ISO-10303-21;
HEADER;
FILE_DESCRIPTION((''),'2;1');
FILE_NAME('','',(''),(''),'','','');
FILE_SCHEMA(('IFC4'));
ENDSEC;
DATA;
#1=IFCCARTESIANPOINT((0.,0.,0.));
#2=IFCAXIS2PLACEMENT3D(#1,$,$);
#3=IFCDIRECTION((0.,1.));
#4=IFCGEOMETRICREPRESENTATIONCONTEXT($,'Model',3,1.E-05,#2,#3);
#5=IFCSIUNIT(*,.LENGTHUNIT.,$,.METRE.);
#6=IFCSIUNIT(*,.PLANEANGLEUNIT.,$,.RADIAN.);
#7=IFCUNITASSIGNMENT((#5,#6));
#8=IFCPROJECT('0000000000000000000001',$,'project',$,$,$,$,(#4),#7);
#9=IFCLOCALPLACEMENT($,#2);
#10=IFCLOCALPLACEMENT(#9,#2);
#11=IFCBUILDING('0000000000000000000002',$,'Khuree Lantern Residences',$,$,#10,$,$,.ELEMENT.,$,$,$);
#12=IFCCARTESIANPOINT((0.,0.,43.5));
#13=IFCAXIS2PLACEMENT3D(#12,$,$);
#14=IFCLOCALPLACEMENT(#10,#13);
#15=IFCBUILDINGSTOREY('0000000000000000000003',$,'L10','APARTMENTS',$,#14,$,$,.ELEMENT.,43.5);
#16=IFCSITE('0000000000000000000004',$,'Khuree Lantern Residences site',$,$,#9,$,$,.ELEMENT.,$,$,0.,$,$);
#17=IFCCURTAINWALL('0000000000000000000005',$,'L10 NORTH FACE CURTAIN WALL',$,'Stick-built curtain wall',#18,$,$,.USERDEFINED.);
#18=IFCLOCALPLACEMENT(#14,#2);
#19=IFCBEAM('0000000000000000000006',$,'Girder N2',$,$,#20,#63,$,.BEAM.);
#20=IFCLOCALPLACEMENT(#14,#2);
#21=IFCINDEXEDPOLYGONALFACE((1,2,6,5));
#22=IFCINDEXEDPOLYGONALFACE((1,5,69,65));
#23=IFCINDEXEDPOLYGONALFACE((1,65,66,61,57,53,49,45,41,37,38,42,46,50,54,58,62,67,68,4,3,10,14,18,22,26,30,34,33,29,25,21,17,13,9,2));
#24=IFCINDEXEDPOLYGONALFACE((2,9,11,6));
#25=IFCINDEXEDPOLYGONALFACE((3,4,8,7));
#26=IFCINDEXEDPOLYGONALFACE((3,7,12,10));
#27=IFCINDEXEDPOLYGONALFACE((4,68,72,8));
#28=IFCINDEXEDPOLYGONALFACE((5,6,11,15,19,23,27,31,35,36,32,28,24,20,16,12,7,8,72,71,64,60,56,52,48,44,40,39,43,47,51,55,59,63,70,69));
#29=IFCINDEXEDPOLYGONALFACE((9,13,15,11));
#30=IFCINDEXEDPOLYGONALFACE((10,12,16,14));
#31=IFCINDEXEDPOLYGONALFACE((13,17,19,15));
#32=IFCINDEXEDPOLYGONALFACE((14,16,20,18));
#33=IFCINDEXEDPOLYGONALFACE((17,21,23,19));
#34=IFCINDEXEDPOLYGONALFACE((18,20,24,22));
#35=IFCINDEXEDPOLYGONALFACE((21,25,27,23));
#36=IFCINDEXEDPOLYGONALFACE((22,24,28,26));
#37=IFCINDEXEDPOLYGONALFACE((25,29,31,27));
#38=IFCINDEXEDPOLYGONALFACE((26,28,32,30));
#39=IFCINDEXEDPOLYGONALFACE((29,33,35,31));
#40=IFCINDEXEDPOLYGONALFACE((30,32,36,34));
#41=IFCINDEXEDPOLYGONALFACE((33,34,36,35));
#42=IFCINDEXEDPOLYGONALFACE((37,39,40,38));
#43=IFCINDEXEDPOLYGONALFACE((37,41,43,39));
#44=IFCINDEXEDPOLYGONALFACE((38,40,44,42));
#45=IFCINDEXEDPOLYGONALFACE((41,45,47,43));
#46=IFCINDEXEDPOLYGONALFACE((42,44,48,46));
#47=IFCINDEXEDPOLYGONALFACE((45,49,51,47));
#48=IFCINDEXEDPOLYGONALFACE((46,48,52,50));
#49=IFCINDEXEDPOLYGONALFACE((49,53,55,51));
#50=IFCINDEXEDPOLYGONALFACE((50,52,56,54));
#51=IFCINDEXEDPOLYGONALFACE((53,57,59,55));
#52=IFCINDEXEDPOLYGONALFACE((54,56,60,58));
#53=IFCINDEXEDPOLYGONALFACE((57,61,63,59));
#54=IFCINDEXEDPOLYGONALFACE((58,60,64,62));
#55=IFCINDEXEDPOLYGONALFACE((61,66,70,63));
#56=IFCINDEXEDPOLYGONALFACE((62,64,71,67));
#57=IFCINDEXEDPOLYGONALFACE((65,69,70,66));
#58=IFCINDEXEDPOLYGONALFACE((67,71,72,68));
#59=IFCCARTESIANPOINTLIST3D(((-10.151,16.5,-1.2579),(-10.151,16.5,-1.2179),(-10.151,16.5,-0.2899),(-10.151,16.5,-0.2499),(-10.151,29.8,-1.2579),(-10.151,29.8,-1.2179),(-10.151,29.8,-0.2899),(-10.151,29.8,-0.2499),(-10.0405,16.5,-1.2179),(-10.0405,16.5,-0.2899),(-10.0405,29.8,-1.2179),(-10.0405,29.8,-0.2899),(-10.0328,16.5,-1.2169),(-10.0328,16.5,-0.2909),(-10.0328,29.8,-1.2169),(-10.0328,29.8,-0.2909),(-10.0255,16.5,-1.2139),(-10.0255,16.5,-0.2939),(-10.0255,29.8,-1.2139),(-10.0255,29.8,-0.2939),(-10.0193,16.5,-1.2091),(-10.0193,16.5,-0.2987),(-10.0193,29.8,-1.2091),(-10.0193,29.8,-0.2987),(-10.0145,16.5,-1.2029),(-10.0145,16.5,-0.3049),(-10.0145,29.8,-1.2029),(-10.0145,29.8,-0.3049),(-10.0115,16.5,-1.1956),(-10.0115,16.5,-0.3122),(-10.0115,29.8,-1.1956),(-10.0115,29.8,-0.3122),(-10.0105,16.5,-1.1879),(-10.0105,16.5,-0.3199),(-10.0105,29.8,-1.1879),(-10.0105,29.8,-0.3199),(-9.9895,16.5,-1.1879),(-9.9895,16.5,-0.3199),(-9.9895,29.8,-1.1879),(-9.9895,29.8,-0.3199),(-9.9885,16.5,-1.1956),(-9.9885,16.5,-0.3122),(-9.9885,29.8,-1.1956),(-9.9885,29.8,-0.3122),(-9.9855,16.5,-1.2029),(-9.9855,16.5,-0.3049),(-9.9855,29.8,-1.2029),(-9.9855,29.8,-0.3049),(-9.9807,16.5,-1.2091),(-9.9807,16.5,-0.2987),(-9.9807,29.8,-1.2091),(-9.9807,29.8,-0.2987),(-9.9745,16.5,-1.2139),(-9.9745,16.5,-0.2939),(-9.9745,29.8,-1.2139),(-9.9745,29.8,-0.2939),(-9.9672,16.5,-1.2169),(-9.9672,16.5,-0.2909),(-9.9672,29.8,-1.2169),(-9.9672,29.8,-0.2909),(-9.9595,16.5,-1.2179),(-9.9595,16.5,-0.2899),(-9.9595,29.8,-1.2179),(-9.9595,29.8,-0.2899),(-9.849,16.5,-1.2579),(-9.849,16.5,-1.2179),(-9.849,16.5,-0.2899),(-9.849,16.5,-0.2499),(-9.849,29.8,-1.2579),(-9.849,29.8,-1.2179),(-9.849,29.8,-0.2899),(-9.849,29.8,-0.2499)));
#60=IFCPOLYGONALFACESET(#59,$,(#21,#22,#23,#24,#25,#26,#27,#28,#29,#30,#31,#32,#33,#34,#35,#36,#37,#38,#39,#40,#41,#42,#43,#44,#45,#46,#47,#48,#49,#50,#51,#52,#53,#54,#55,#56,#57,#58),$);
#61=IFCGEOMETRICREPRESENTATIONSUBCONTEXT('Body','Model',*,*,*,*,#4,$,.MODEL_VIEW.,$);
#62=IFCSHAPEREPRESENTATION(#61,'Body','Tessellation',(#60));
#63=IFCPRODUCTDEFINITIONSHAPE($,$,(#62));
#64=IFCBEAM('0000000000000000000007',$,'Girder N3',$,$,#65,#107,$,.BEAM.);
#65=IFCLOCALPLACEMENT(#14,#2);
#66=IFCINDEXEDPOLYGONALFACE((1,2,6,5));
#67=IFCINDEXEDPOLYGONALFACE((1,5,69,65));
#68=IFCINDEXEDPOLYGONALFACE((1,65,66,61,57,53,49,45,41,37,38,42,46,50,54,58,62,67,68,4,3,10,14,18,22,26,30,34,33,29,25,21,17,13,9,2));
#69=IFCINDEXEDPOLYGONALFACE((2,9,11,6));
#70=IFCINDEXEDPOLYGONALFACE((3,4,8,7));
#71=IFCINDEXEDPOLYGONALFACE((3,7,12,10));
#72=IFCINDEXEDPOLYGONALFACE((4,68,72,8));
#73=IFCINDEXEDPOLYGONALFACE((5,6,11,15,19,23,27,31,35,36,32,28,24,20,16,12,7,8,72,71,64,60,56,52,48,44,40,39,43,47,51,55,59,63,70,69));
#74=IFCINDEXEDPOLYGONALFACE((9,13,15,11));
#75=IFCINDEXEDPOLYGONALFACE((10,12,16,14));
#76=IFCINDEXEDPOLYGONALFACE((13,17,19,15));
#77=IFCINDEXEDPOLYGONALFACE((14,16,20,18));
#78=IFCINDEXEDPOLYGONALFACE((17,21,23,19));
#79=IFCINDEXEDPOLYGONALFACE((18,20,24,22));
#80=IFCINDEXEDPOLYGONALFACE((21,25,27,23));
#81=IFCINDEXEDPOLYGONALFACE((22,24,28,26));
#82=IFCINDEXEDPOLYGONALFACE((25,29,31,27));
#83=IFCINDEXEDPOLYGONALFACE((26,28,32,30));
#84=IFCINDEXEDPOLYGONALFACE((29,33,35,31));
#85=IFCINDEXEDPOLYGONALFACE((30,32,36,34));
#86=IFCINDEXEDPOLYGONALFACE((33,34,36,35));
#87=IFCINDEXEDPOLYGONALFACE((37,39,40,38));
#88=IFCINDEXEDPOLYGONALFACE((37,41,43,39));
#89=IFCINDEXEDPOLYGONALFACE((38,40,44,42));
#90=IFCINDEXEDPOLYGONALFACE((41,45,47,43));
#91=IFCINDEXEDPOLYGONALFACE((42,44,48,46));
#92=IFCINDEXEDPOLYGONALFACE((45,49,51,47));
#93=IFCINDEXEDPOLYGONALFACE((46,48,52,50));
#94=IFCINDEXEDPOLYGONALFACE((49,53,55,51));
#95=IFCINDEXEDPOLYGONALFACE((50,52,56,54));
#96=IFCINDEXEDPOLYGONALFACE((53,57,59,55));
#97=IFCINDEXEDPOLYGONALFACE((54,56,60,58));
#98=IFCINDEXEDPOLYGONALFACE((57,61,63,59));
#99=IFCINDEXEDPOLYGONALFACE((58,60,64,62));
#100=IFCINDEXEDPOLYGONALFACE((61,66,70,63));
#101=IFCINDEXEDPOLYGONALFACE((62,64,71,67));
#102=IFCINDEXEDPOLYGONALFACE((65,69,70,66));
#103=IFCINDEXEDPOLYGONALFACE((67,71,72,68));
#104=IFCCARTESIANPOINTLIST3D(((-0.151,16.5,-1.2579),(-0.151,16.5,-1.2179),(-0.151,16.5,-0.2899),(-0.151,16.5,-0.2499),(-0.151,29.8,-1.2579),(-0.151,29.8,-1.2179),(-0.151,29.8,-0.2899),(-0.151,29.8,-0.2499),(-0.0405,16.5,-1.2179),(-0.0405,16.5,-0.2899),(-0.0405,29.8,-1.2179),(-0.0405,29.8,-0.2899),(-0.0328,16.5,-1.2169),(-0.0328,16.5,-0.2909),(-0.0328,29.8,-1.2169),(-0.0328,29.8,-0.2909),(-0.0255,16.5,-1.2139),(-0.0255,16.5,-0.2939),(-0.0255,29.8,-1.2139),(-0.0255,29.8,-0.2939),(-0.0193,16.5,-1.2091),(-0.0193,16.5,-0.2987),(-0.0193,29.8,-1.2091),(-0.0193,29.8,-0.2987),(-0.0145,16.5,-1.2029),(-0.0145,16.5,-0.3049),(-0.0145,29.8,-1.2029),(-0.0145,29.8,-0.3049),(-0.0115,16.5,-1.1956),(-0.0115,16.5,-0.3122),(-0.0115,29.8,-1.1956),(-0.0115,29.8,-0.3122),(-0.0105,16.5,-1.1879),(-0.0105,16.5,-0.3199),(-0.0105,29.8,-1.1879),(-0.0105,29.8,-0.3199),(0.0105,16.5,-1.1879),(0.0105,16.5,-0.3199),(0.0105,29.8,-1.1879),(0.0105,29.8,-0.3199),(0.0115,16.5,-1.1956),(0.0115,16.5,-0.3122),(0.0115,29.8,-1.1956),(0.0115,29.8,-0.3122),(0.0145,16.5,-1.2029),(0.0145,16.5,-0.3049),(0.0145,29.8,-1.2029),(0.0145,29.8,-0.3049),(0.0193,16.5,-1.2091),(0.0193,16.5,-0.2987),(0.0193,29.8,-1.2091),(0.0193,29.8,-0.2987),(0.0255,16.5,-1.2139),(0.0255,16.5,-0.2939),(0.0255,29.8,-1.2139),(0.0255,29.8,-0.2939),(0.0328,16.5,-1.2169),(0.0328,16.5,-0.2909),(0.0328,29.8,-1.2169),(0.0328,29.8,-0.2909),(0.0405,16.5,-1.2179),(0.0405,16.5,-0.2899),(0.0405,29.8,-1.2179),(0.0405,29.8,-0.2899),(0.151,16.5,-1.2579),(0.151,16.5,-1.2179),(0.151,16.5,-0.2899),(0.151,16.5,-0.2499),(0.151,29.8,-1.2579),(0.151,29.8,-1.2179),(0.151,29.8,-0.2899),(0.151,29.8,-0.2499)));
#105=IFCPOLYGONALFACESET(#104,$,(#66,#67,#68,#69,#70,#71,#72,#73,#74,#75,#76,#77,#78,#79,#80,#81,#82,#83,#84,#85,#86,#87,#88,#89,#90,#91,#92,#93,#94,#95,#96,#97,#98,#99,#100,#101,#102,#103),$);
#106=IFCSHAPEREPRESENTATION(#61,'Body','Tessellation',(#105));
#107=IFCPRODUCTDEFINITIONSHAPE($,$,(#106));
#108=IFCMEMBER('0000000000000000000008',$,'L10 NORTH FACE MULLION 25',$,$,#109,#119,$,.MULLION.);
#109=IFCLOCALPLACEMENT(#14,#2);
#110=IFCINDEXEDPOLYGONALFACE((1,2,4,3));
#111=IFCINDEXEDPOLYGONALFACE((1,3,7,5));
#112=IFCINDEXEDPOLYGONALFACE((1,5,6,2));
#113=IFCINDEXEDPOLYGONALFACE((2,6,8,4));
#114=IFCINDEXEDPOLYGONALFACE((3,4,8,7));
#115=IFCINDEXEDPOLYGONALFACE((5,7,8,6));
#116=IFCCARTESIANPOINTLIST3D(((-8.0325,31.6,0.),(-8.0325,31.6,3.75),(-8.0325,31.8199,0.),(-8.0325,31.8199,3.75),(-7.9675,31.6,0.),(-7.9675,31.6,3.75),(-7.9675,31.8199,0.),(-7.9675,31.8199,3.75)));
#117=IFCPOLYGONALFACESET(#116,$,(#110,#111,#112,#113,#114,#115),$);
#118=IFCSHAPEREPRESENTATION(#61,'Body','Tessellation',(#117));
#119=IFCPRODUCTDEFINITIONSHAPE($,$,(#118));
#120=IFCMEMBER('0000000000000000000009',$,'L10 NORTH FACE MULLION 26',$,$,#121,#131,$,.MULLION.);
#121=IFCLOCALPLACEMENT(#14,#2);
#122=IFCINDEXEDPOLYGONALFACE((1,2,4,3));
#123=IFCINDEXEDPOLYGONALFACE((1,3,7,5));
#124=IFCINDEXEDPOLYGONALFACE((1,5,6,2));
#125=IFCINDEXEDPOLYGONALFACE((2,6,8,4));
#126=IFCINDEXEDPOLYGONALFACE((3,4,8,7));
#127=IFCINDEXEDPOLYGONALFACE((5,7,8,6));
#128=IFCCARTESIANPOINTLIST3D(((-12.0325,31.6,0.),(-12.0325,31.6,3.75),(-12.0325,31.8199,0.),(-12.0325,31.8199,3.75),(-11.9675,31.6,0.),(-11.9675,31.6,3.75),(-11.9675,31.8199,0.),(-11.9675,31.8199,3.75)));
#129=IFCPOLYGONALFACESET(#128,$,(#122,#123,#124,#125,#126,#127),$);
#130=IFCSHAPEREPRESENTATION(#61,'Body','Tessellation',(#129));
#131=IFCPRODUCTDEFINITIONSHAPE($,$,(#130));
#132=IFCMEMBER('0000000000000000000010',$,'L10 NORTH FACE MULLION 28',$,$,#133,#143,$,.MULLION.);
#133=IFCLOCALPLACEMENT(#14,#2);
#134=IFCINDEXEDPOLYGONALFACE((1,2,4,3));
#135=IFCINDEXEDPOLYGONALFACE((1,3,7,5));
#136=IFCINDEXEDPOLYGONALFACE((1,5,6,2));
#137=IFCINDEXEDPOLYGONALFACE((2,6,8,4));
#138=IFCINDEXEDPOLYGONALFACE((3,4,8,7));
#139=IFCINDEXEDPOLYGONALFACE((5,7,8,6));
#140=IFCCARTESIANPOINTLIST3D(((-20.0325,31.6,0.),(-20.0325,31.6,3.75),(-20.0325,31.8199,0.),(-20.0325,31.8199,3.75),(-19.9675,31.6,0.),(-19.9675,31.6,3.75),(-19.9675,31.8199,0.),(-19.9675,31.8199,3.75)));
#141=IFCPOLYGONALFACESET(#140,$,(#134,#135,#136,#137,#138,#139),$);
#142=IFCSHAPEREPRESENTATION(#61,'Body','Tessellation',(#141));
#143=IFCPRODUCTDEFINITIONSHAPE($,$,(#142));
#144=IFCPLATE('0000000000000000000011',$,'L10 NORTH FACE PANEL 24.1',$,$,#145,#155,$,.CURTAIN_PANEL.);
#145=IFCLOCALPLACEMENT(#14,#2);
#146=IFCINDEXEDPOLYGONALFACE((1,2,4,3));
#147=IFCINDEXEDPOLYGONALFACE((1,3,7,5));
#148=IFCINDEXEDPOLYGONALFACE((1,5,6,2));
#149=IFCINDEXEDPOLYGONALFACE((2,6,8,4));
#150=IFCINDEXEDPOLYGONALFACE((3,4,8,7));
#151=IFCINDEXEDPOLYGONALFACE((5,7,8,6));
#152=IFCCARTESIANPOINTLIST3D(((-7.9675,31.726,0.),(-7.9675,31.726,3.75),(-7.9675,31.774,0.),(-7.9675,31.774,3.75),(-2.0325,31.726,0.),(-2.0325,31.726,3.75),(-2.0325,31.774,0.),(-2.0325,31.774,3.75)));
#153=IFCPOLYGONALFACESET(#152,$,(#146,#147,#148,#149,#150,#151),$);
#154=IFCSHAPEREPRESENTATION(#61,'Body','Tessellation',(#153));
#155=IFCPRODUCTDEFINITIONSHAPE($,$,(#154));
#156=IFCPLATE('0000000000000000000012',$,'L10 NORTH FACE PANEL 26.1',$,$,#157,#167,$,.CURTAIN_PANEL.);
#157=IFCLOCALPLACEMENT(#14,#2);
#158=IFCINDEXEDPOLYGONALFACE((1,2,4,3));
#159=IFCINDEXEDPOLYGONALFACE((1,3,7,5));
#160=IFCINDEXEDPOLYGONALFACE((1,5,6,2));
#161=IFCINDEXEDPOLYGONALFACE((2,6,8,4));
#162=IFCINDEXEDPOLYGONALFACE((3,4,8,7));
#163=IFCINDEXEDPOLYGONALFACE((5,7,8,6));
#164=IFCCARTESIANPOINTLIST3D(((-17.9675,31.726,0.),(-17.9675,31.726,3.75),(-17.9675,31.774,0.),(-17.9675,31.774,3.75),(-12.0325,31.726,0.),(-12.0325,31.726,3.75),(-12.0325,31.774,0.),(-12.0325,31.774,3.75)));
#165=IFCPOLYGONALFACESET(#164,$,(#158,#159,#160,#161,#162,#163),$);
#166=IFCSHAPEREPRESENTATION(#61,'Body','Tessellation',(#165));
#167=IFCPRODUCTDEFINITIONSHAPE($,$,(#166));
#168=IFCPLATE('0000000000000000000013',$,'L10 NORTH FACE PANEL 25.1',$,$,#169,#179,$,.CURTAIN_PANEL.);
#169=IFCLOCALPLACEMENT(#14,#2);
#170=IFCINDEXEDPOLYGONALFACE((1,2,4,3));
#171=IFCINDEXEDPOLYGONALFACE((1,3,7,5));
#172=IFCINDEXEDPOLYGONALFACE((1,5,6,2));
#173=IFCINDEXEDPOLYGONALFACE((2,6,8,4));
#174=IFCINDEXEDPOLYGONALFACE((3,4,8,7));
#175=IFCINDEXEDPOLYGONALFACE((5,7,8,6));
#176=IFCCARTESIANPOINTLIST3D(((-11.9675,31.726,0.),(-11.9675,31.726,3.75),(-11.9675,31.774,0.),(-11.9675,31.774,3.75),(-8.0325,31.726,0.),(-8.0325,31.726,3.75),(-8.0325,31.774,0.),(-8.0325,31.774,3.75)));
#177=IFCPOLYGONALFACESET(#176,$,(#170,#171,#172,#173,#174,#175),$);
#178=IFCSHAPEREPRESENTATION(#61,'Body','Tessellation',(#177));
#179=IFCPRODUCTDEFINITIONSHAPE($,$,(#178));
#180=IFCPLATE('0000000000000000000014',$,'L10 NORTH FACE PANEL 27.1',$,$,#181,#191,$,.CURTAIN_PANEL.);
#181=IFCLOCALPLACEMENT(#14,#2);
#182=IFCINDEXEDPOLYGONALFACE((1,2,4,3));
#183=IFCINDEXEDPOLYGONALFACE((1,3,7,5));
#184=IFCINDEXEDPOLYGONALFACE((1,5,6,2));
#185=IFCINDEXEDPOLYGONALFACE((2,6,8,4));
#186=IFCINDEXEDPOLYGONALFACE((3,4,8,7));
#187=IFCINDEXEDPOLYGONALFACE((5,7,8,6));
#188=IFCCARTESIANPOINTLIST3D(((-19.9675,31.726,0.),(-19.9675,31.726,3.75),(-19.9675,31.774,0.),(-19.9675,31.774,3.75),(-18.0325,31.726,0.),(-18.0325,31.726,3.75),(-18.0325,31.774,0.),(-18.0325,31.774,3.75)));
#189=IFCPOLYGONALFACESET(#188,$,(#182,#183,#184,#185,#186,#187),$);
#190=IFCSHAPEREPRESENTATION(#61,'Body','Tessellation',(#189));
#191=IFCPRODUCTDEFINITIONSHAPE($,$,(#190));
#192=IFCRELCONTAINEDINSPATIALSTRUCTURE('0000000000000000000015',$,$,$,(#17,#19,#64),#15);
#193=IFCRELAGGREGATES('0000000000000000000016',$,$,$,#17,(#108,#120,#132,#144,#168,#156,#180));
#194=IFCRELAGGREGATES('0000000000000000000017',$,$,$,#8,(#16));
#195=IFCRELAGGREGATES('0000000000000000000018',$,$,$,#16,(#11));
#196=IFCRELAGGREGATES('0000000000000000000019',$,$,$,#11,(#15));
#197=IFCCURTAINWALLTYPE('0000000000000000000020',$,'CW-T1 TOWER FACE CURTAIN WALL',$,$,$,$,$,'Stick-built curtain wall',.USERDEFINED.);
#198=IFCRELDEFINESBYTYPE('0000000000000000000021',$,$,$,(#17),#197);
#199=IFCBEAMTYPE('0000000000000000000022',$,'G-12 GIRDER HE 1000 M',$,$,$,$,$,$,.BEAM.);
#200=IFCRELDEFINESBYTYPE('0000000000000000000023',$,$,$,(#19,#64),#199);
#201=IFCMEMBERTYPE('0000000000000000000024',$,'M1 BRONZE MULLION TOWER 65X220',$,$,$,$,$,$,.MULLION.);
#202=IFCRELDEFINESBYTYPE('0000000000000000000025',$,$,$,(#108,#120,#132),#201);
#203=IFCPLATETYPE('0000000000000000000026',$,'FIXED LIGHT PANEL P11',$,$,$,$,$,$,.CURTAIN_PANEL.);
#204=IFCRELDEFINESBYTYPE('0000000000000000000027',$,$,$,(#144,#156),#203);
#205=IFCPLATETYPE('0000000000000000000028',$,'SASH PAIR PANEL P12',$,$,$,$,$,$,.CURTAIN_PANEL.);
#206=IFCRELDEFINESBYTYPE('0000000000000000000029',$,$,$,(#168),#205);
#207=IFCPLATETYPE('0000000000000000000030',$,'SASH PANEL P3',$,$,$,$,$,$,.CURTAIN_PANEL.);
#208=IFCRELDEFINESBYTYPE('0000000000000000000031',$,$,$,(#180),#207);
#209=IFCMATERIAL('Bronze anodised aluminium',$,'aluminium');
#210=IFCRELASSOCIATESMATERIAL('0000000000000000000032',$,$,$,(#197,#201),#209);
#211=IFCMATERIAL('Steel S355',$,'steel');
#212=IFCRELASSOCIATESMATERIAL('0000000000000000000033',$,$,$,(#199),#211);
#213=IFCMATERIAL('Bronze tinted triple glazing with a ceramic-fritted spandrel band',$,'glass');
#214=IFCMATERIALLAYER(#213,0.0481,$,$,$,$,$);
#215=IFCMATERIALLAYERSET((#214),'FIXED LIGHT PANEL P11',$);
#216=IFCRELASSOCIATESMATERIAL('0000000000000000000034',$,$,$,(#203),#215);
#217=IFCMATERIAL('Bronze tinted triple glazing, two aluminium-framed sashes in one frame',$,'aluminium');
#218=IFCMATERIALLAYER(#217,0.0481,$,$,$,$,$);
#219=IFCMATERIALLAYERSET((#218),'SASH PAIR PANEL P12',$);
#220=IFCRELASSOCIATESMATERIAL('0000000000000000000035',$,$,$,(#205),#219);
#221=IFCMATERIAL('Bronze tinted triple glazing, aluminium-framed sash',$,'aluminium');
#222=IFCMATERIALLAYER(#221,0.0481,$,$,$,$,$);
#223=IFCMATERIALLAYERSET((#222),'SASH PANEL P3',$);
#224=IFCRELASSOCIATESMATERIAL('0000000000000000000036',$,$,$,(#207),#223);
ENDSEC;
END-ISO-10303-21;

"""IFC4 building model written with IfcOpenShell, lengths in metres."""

from ifc_helpers import new_model, si_unit, direction, frame, origin, origin_2d, place, context, subcontext, project, spatial, rectangle, i_section, extrude, material, layer, layer_set, material_profile, profile_set, type_object, element, aggregate, save


model = new_model("IFC4")

# Units and contexts
model_context = context("Model", 3, precision=1e-05, world=origin(), true_north=direction((0.0, 1.0)))
body_context = subcontext(model_context, "Body", "Model", "MODEL_VIEW")
ifc_project = project(units=[si_unit("LENGTHUNIT", "METRE"), si_unit("PLANEANGLEUNIT", "RADIAN")], contexts=[model_context])

# Site, building, storey
site_placement = place(None, origin())
site = spatial("IfcSite", under=ifc_project, at=site_placement, Name="Khuree Lantern Residences site", CompositionType="ELEMENT", RefElevation=0.0)
building_placement = place(site_placement, origin())
building = spatial("IfcBuilding", under=site, at=building_placement, Name="Khuree Lantern Residences", CompositionType="ELEMENT")
storey_placement = place(building_placement, frame((0.0, 0.0, 43.5)))
storey = spatial("IfcBuildingStorey", under=building, at=storey_placement, Name="L10", Description="APARTMENTS", CompositionType="ELEMENT", Elevation=43.5)

# Shared definitions
ifc_material_1 = material(Name="Steel S355", Category="steel")

# Curtain wall
ifc_material_2 = material(Name="Bronze anodised aluminium", Category="aluminium")
curtain_wall_type = type_object("IfcCurtainWallType", Name="CW-T1 TOWER FACE CURTAIN WALL", ElementType="Stick-built curtain wall", PredefinedType="USERDEFINED", material=ifc_material_2)
curtain_wall_placement = place(storey_placement, origin())
curtain_wall = element("IfcCurtainWall", 1, at=curtain_wall_placement, inside=storey, type_object=curtain_wall_type, Name="L10 NORTH FACE CURTAIN WALL", ObjectType="Stick-built curtain wall", PredefinedType="USERDEFINED")

# Beams
ifc_material_profile_1 = material_profile(ifc_material_1, i_section(OverallWidth=0.302, OverallDepth=1.0081, WebThickness=0.021, FlangeThickness=0.04, FilletRadius=0.03, at=origin_2d()), Name="HE 1000 M")
ifc_profile_set_1 = profile_set([ifc_material_profile_1], Name="Steel S355")
beam_type_1 = type_object("IfcBeamType", Name="G-12 GIRDER HE 1000 M", PredefinedType="BEAM", material=ifc_profile_set_1)
for number, where, z_axis, x_axis, name in (
    (2, (-10.0, 29.8, -0.7539), (0.0, -1.0, 0.0), (1.0, 0.0, 0.0), "Girder N2"),
    (3, (0.0, 29.8, -0.7539), (0.0, -1.0, 0.0), (1.0, 0.0, 0.0), "Girder N3"),
):
    element("IfcBeam", number, at=place(storey_placement, frame(where, z_axis=z_axis, x_axis=x_axis)), inside=storey, type_object=beam_type_1, Name=name, PredefinedType="BEAM", context=body_context, shape_type="SweptSolid", body=[
        extrude(i_section(OverallWidth=0.302, OverallDepth=1.0081, WebThickness=0.021, FlangeThickness=0.04, FilletRadius=0.03, at=origin_2d()), origin(), (0.0, 0.0, 1.0), 13.3),
    ])

# Members
ifc_material_profile_2 = material_profile(ifc_material_2, rectangle(XDim=0.0649, YDim=0.22, at=origin_2d()), Name="M1 65X220")
ifc_profile_set_2 = profile_set([ifc_material_profile_2], Name="Bronze anodised aluminium")
member_type_1 = type_object("IfcMemberType", Name="M1 BRONZE MULLION TOWER 65X220", PredefinedType="MULLION", material=ifc_profile_set_2)
member_1_placement = place(storey_placement, frame((-8.0, 31.71, 0.0), z_axis=(0.0, 0.0, 1.0), x_axis=(-1.0, 0.0, 0.0)))
member_1 = element("IfcMember", 4, at=member_1_placement, type_object=member_type_1, Name="L10 NORTH FACE MULLION 25", PredefinedType="MULLION", context=body_context, shape_type="SweptSolid", body=[
    extrude(rectangle(XDim=0.0649, YDim=0.22, at=origin_2d()), origin(), (0.0, 0.0, 1.0), 3.75),
])
member_2_placement = place(storey_placement, frame((-12.0, 31.71, 0.0), z_axis=(0.0, 0.0, 1.0), x_axis=(-1.0, 0.0, 0.0)))
member_2 = element("IfcMember", 5, at=member_2_placement, type_object=member_type_1, Name="L10 NORTH FACE MULLION 26", PredefinedType="MULLION", context=body_context, shape_type="SweptSolid", body=[
    extrude(rectangle(XDim=0.0649, YDim=0.22, at=origin_2d()), origin(), (0.0, 0.0, 1.0), 3.75),
])
member_3_placement = place(storey_placement, frame((-20.0, 31.71, 0.0), z_axis=(0.0, 0.0, 1.0), x_axis=(-1.0, 0.0, 0.0)))
member_3 = element("IfcMember", 6, at=member_3_placement, type_object=member_type_1, Name="L10 NORTH FACE MULLION 28", PredefinedType="MULLION", context=body_context, shape_type="SweptSolid", body=[
    extrude(rectangle(XDim=0.0649, YDim=0.22, at=origin_2d()), origin(), (0.0, 0.0, 1.0), 3.75),
])

# Plates
ifc_material_3 = material(Name="Bronze tinted triple glazing with a ceramic-fritted spandrel band", Category="glass")
ifc_layer_1 = layer(ifc_material_3, 0.0481)
ifc_layer_set_1 = layer_set([ifc_layer_1], Name="FIXED LIGHT PANEL P11")
plate_type_1 = type_object("IfcPlateType", Name="FIXED LIGHT PANEL P11", PredefinedType="CURTAIN_PANEL", material=ifc_layer_set_1)
plate_1_placement = place(storey_placement, frame((-5.0, 31.75, 0.0), z_axis=(0.0, 0.0, 1.0), x_axis=(-1.0, 0.0, 0.0)))
plate_1 = element("IfcPlate", 7, at=plate_1_placement, type_object=plate_type_1, Name="L10 NORTH FACE PANEL 24.1", PredefinedType="CURTAIN_PANEL", context=body_context, shape_type="SweptSolid", body=[
    extrude(rectangle(XDim=5.9351, YDim=0.0481, at=origin_2d()), origin(), (0.0, 0.0, 1.0), 3.75),
])
plate_2_placement = place(storey_placement, frame((-15.0, 31.75, 0.0), z_axis=(0.0, 0.0, 1.0), x_axis=(-1.0, 0.0, 0.0)))
plate_2 = element("IfcPlate", 8, at=plate_2_placement, type_object=plate_type_1, Name="L10 NORTH FACE PANEL 26.1", PredefinedType="CURTAIN_PANEL", context=body_context, shape_type="SweptSolid", body=[
    extrude(rectangle(XDim=5.9351, YDim=0.0481, at=origin_2d()), origin(), (0.0, 0.0, 1.0), 3.75),
])
ifc_material_4 = material(Name="Bronze tinted triple glazing, two aluminium-framed sashes in one frame", Category="aluminium")
ifc_layer_2 = layer(ifc_material_4, 0.0481)
ifc_layer_set_2 = layer_set([ifc_layer_2], Name="SASH PAIR PANEL P12")
plate_type_2 = type_object("IfcPlateType", Name="SASH PAIR PANEL P12", PredefinedType="CURTAIN_PANEL", material=ifc_layer_set_2)
plate_3_placement = place(storey_placement, frame((-10.0, 31.75, 0.0), z_axis=(0.0, 0.0, 1.0), x_axis=(-1.0, 0.0, 0.0)))
plate_3 = element("IfcPlate", 9, at=plate_3_placement, type_object=plate_type_2, Name="L10 NORTH FACE PANEL 25.1", PredefinedType="CURTAIN_PANEL", context=body_context, shape_type="SweptSolid", body=[
    extrude(rectangle(XDim=3.9351, YDim=0.0481, at=origin_2d()), origin(), (0.0, 0.0, 1.0), 3.75),
])
ifc_material_5 = material(Name="Bronze tinted triple glazing, aluminium-framed sash", Category="aluminium")
ifc_layer_3 = layer(ifc_material_5, 0.0481)
ifc_layer_set_3 = layer_set([ifc_layer_3], Name="SASH PANEL P3")
plate_type_3 = type_object("IfcPlateType", Name="SASH PANEL P3", PredefinedType="CURTAIN_PANEL", material=ifc_layer_set_3)
plate_4_placement = place(storey_placement, frame((-19.0, 31.75, 0.0), z_axis=(0.0, 0.0, 1.0), x_axis=(-1.0, 0.0, 0.0)))
plate_4 = element("IfcPlate", 10, at=plate_4_placement, type_object=plate_type_3, Name="L10 NORTH FACE PANEL 27.1", PredefinedType="CURTAIN_PANEL", context=body_context, shape_type="SweptSolid", body=[
    extrude(rectangle(XDim=1.9351, YDim=0.0481, at=origin_2d()), origin(), (0.0, 0.0, 1.0), 3.75),
])
aggregate(curtain_wall, [member_1, member_2, member_3, plate_1, plate_3, plate_2, plate_4])

save(model, "model.ifc")
